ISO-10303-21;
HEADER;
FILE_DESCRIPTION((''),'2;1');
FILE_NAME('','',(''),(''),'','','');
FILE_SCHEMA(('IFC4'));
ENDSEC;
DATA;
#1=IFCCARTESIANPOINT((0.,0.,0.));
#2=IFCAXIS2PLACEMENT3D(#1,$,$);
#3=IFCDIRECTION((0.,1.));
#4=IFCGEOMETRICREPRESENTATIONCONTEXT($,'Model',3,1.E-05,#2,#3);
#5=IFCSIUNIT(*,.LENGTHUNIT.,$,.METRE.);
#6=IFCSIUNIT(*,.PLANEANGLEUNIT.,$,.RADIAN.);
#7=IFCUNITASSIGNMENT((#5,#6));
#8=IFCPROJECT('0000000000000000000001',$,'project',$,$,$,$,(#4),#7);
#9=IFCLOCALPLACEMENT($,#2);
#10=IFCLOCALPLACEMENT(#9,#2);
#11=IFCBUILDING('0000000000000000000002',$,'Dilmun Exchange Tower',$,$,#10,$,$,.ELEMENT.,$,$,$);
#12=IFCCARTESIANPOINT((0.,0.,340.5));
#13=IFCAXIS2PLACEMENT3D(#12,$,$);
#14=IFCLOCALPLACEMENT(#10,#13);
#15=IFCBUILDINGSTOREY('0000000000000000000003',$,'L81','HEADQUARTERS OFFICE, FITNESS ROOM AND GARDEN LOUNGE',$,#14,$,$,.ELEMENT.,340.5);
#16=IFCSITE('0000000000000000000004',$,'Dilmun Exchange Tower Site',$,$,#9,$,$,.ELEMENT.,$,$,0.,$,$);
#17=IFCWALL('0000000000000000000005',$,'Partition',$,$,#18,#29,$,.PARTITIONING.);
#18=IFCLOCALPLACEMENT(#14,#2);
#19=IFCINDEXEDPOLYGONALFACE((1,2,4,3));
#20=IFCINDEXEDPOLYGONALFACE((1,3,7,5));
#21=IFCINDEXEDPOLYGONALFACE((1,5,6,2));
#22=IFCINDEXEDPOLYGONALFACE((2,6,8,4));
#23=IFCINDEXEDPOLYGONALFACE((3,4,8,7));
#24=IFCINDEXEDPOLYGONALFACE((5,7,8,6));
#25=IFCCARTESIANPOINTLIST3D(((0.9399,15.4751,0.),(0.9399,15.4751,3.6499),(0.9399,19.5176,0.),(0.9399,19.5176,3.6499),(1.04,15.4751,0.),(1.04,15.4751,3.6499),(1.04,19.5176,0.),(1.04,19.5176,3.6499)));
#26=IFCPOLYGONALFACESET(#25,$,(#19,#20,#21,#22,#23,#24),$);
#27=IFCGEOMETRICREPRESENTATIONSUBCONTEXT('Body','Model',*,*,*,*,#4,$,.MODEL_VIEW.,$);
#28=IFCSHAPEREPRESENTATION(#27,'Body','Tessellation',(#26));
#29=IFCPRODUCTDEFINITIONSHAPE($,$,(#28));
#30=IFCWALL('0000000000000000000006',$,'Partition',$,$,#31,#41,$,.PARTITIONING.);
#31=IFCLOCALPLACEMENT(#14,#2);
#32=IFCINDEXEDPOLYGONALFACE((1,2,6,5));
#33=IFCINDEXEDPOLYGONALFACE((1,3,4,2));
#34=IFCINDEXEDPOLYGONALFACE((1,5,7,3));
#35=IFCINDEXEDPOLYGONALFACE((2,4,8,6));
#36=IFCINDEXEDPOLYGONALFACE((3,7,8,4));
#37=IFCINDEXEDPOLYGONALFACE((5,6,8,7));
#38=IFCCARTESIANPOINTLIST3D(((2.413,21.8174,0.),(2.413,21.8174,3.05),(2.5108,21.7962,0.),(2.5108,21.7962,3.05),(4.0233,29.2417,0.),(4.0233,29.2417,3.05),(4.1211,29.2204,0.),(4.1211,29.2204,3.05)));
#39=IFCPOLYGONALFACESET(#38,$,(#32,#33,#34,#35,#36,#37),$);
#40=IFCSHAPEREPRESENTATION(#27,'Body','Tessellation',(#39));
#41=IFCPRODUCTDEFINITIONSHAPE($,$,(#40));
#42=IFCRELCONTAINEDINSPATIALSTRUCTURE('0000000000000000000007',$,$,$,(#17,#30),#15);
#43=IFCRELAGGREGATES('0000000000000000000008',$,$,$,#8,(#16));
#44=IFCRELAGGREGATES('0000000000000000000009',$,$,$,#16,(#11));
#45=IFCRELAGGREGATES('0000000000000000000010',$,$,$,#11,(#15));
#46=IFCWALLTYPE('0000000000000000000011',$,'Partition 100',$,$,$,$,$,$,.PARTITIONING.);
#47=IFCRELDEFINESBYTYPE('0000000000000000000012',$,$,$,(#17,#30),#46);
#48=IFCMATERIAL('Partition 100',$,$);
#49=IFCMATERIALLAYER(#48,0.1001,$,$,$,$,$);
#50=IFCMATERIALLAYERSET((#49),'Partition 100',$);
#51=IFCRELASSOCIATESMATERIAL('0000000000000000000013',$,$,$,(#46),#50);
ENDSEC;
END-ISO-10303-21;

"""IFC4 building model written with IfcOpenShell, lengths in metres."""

from ifc_helpers import new_model, si_unit, direction, frame, frame_2d, origin, place, context, subcontext, project, spatial, rectangle, extrude, material, layer, layer_set, type_object, element, save


model = new_model("IFC4")

# Units and contexts
model_context = context("Model", 3, precision=1e-05, world=origin(), true_north=direction((0.0, 1.0)))
body_context = subcontext(model_context, "Body", "Model", "MODEL_VIEW")
ifc_project = project(units=[si_unit("LENGTHUNIT", "METRE"), si_unit("PLANEANGLEUNIT", "RADIAN")], contexts=[model_context])

# Site, building, storey
site_placement = place(None, origin())
site = spatial("IfcSite", under=ifc_project, at=site_placement, Name="Dilmun Exchange Tower Site", CompositionType="ELEMENT", RefElevation=0.0)
building_placement = place(site_placement, origin())
building = spatial("IfcBuilding", under=site, at=building_placement, Name="Dilmun Exchange Tower", CompositionType="ELEMENT")
storey_placement = place(building_placement, frame((0.0, 0.0, 340.5)))
storey = spatial("IfcBuildingStorey", under=building, at=storey_placement, Name="L81", Description="HEADQUARTERS OFFICE, FITNESS ROOM AND GARDEN LOUNGE", CompositionType="ELEMENT", Elevation=340.5)

# Walls
ifc_material_1 = material(Name="Partition 100")
ifc_layer_1 = layer(ifc_material_1, 0.1001)
ifc_layer_set_1 = layer_set([ifc_layer_1], Name="Partition 100")
wall_type_1 = type_object("IfcWallType", Name="Partition 100", PredefinedType="PARTITIONING", material=ifc_layer_set_1)
wall_1_placement = place(storey_placement, frame((0.99, 15.4751, 0.0), z_axis=(0.0, 0.0, 1.0), x_axis=(0.0, 1.0, 0.0)))
element("IfcWall", 1, at=wall_1_placement, inside=storey, type_object=wall_type_1, Name="Partition", PredefinedType="PARTITIONING", context=body_context, shape_type="SweptSolid", body=[
    extrude(rectangle(XDim=4.0425, YDim=0.1001, at=frame_2d((2.0212, 0.0))), origin(), (0.0, 0.0, 1.0), 3.6499),
])
wall_2_placement = place(storey_placement, frame((2.4619, 21.8069, 0.0), z_axis=(0.0, 0.0, 1.0), x_axis=(0.211973, 0.977275, 0.0)))
element("IfcWall", 2, at=wall_2_placement, inside=storey, type_object=wall_type_1, Name="Partition", PredefinedType="PARTITIONING", context=body_context, shape_type="SweptSolid", body=[
    extrude(rectangle(XDim=7.5969, YDim=0.1001, at=frame_2d((3.7983, 0.0))), origin(), (0.0, 0.0, 1.0), 3.05),
])

save(model, "model.ifc")
